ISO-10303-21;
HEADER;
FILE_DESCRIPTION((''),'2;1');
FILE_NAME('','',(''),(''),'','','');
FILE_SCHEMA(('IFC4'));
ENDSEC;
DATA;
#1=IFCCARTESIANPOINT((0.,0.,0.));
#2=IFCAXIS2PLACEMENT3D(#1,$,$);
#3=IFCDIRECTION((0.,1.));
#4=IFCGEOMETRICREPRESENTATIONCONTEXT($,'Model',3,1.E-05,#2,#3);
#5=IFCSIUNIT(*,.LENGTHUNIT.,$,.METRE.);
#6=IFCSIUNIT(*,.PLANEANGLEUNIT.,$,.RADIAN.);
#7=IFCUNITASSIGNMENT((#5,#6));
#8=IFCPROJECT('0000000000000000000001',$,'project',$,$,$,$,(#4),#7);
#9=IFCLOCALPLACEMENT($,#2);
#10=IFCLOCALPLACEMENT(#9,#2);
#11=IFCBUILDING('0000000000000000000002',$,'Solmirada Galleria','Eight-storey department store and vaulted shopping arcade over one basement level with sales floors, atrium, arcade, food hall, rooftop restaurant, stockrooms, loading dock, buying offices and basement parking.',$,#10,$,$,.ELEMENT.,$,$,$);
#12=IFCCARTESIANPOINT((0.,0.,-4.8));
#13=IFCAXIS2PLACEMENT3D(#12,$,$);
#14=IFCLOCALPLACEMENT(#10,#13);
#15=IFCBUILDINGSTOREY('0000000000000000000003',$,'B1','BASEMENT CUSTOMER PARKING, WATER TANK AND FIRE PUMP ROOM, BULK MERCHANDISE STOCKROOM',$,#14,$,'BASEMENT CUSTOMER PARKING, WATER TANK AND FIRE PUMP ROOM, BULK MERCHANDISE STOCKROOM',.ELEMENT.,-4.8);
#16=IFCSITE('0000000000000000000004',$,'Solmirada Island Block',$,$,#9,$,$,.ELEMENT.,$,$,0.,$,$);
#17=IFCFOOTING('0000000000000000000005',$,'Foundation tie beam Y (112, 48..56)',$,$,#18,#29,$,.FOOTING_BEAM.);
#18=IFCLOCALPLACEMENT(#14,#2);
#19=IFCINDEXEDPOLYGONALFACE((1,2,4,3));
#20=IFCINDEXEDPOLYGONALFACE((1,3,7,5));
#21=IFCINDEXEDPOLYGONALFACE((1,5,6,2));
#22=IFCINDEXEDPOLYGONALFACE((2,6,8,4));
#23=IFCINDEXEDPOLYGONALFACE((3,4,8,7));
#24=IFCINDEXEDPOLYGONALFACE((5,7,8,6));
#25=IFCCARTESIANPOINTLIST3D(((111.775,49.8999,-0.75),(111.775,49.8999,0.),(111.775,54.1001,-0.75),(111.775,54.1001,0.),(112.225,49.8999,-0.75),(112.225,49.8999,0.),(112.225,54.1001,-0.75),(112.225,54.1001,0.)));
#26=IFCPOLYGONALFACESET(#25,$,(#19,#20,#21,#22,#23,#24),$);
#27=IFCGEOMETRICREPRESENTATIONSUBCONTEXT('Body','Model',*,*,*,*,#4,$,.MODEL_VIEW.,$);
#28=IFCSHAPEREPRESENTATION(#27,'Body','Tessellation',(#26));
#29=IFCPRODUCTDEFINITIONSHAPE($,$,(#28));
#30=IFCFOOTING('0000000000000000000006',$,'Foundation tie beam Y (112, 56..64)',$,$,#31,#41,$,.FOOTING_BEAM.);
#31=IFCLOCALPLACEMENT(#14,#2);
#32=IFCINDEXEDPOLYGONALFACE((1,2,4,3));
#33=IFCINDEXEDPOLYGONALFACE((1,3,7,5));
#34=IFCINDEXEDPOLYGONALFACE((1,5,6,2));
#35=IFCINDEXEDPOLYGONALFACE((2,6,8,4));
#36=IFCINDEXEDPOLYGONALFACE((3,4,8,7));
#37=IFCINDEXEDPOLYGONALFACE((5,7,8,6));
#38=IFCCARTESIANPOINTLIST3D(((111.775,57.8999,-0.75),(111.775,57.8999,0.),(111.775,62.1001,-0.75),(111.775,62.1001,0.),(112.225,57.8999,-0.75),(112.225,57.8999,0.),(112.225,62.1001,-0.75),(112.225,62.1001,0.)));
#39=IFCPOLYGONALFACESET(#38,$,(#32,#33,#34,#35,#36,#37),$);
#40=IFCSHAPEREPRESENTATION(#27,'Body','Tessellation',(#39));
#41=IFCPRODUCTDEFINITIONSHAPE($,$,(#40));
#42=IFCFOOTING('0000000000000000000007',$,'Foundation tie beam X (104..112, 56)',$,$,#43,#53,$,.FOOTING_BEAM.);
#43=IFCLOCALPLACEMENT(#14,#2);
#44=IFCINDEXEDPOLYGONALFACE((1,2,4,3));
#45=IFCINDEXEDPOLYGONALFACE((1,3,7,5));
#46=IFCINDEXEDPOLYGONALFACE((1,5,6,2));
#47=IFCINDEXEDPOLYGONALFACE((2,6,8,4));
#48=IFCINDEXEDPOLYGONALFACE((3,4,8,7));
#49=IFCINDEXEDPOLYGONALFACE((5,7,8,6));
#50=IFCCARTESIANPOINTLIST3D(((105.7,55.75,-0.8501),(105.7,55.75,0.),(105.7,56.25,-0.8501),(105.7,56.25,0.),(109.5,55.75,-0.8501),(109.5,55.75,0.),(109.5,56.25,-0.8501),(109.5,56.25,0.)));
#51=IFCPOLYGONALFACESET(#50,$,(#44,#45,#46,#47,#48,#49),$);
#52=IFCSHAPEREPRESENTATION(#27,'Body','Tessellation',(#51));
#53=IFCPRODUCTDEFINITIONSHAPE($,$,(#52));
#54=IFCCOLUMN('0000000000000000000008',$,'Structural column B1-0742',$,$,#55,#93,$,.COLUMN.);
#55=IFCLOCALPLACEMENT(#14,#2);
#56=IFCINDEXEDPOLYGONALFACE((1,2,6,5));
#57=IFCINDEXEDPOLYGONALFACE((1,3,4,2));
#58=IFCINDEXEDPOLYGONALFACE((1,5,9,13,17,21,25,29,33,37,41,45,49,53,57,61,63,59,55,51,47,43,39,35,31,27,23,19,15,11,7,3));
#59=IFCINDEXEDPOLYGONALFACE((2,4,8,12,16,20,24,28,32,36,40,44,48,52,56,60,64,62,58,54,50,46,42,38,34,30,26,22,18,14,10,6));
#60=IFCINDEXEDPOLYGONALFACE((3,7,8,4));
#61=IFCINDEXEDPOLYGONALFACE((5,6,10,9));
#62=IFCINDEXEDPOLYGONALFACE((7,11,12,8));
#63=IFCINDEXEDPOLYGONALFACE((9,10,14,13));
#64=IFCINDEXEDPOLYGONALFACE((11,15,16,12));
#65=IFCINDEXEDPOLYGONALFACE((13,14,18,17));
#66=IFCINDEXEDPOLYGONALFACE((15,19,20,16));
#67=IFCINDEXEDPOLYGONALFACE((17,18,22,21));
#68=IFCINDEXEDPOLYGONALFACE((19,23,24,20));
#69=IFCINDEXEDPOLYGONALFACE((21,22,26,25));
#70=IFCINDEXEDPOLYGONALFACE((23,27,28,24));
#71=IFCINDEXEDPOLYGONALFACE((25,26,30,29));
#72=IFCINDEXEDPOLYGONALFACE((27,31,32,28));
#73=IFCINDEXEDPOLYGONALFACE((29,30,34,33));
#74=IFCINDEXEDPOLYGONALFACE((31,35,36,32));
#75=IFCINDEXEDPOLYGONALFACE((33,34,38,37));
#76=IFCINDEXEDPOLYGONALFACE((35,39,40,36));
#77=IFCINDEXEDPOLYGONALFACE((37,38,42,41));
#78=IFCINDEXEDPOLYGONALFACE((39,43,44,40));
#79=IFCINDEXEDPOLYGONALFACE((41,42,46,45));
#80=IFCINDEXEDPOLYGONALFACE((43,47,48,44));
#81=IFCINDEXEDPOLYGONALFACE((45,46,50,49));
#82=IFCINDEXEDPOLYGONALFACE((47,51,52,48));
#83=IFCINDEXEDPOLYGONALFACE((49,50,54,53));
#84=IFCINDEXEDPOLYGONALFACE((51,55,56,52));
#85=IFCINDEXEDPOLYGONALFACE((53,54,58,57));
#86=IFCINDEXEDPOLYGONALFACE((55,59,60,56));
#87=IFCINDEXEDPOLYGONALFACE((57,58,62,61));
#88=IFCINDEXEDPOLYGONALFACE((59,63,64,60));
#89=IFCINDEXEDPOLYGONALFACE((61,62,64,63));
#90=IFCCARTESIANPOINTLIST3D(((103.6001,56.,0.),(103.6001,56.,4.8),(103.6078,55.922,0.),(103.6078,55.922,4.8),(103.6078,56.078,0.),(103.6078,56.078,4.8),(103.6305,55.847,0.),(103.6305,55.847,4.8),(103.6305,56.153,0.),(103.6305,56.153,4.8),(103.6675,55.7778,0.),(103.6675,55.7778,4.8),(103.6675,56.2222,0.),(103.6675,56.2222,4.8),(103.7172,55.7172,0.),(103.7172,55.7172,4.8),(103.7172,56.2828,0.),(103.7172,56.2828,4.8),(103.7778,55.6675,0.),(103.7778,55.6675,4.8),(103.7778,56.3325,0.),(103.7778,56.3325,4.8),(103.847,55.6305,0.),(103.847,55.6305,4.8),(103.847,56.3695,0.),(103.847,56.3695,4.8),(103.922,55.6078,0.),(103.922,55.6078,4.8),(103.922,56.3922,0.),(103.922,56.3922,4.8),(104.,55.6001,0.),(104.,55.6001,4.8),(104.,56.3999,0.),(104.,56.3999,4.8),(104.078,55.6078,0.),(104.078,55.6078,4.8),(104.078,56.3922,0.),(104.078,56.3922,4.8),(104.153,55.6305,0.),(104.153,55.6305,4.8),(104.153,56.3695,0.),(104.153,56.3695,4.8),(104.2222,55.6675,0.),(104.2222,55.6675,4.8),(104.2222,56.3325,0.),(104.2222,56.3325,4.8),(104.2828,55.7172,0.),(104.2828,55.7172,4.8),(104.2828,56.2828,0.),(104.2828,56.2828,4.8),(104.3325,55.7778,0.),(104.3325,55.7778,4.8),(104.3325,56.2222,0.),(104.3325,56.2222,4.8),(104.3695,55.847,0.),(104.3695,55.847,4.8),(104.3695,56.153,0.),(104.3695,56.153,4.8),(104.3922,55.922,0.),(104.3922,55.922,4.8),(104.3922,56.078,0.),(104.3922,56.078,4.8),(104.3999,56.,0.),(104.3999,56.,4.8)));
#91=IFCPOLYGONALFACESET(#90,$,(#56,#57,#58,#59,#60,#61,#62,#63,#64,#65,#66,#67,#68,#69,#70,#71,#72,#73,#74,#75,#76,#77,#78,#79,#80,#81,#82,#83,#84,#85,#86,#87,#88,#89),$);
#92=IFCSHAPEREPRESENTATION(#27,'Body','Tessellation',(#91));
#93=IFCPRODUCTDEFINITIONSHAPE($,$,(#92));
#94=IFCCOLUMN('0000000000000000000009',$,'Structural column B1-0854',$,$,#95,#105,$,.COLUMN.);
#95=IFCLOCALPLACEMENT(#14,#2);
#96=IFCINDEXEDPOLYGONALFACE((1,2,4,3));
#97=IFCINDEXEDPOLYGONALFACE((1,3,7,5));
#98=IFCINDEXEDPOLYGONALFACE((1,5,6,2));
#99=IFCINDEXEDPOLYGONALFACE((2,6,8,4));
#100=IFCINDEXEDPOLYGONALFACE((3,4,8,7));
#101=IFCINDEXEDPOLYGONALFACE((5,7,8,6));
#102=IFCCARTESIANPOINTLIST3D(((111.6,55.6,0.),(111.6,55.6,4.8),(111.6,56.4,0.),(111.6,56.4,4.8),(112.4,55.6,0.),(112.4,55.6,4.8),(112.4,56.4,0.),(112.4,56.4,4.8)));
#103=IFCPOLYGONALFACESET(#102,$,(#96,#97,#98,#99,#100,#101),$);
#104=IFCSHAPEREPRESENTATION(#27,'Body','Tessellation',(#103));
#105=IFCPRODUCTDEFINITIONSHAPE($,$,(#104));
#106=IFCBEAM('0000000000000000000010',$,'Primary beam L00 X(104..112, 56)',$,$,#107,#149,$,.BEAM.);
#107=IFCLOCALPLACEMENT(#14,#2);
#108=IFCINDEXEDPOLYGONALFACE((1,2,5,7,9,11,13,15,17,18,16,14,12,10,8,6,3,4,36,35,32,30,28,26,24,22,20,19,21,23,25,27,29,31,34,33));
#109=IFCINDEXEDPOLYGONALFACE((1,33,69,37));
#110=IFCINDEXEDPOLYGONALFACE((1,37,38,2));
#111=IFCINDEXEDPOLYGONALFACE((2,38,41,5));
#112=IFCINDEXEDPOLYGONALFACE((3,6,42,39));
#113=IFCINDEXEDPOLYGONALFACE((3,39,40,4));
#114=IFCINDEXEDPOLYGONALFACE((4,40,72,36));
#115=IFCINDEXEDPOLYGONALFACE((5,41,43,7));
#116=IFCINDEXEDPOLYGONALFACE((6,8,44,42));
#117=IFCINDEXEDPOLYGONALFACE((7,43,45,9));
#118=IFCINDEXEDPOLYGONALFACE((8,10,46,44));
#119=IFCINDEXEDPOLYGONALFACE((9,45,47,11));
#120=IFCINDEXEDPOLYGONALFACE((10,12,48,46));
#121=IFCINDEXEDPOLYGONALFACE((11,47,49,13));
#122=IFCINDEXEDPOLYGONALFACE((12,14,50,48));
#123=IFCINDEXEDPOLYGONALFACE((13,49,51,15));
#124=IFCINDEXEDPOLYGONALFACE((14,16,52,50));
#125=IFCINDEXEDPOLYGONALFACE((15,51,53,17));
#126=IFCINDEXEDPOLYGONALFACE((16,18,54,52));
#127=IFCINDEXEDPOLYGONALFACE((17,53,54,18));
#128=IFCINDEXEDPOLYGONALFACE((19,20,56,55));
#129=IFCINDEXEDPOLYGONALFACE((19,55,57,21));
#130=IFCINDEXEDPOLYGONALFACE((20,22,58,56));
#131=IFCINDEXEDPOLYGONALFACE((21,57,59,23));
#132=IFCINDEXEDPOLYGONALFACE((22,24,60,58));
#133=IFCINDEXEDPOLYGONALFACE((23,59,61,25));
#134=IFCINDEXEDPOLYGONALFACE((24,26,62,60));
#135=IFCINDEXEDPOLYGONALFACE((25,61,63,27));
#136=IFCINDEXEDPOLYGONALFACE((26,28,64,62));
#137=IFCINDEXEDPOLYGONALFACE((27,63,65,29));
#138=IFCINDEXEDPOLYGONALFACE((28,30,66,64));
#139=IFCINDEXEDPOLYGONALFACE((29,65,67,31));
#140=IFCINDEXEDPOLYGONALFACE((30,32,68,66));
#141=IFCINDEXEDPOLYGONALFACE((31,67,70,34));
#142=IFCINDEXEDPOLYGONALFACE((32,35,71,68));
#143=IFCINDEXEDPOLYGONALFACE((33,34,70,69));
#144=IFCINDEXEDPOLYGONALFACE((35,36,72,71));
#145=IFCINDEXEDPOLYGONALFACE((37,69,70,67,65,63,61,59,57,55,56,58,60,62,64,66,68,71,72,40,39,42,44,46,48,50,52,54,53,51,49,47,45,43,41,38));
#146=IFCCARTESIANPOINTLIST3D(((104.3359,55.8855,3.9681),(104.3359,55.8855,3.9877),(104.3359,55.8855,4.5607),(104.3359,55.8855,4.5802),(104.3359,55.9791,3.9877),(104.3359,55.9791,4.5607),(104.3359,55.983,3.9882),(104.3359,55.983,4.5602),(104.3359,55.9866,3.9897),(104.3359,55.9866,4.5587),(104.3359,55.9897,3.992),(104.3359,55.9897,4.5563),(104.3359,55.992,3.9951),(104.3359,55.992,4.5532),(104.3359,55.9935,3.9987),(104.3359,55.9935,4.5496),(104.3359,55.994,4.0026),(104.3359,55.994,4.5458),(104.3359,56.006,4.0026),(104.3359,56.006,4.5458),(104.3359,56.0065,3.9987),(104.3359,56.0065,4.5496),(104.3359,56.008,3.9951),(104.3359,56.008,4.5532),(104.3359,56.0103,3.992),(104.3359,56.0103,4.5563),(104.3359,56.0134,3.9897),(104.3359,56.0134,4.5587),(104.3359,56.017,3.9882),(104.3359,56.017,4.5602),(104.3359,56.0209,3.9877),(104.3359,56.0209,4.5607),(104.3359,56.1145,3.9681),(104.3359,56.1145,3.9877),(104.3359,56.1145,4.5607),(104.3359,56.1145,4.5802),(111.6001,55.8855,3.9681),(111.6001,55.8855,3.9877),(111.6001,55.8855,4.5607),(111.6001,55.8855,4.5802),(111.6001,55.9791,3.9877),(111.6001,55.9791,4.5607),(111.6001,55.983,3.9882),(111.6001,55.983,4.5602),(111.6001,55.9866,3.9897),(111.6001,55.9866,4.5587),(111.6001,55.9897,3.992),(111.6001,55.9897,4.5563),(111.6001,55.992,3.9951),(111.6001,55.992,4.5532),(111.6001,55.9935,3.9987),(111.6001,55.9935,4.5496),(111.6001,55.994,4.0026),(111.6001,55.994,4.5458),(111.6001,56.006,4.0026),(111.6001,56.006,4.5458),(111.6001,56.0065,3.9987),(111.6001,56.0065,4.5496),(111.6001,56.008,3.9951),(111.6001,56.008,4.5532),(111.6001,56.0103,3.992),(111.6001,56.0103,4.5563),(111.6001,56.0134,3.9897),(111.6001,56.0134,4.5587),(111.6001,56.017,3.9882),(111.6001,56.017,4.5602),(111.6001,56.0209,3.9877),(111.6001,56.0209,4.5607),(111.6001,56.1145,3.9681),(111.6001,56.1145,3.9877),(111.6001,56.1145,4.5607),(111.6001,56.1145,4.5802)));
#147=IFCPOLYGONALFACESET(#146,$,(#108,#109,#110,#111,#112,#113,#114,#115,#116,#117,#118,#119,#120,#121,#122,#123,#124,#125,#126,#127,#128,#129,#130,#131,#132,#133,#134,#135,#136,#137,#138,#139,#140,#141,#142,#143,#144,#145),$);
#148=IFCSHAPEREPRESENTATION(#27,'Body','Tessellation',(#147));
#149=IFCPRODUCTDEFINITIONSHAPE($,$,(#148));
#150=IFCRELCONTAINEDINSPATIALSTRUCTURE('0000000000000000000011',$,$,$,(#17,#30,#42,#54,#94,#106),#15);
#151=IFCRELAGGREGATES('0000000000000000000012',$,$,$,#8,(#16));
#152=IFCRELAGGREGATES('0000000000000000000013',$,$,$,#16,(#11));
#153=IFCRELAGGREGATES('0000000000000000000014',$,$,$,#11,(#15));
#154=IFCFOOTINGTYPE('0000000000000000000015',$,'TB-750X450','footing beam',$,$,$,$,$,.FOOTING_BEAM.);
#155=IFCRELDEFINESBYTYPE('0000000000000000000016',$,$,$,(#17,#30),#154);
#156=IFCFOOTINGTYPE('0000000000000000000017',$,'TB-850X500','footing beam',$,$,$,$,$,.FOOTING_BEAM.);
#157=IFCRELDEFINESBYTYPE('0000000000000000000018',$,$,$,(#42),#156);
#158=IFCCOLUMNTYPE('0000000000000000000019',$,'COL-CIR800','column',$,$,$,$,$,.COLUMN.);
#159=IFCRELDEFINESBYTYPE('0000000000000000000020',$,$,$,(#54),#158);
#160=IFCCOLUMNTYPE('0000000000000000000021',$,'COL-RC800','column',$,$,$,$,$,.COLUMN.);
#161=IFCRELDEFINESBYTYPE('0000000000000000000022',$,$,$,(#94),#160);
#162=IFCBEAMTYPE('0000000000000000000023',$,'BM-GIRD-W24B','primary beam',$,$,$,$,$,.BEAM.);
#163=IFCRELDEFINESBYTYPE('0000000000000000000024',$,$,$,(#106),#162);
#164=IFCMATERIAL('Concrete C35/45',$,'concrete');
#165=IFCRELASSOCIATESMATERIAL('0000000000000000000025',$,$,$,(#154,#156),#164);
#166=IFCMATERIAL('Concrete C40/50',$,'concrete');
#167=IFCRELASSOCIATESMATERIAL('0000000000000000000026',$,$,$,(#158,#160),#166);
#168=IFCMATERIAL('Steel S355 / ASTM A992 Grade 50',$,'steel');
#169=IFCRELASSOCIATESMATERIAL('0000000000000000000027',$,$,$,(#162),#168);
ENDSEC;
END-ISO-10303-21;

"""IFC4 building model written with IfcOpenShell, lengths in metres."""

from ifc_helpers import new_model, si_unit, direction, frame, origin, origin_2d, place, context, subcontext, project, spatial, rectangle, circle, i_section, extrude, material, material_profile, profile_set, type_object, element, save


model = new_model("IFC4")

# Units and contexts
model_context = context("Model", 3, precision=1e-05, world=origin(), true_north=direction((0.0, 1.0)))
body_context = subcontext(model_context, "Body", "Model", "MODEL_VIEW")
ifc_project = project(units=[si_unit("LENGTHUNIT", "METRE"), si_unit("PLANEANGLEUNIT", "RADIAN")], contexts=[model_context])

# Site, building, storey
site_placement = place(None, origin())
site = spatial("IfcSite", under=ifc_project, at=site_placement, Name="Solmirada Island Block", CompositionType="ELEMENT", RefElevation=0.0)
building_placement = place(site_placement, origin())
building = spatial("IfcBuilding", under=site, at=building_placement, Name="Solmirada Galleria", Description="Eight-storey department store and vaulted shopping arcade over one basement level with sales floors, atrium, arcade, food hall, rooftop restaurant, stockrooms, loading dock, buying offices and basement parking.", CompositionType="ELEMENT")
storey_placement = place(building_placement, frame((0.0, 0.0, -4.8)))
storey = spatial("IfcBuildingStorey", under=building, at=storey_placement, Name="B1", Description="BASEMENT CUSTOMER PARKING, WATER TANK AND FIRE PUMP ROOM, BULK MERCHANDISE STOCKROOM", LongName="BASEMENT CUSTOMER PARKING, WATER TANK AND FIRE PUMP ROOM, BULK MERCHANDISE STOCKROOM", CompositionType="ELEMENT", Elevation=-4.8)

# Shared definitions
ifc_material_1 = material(Name="Concrete C35/45", Category="concrete")

# Shared definitions
ifc_material_2 = material(Name="Concrete C40/50", Category="concrete")

# Footings
ifc_material_profile_1 = material_profile(ifc_material_1, rectangle(XDim=0.45, YDim=0.75, at=origin_2d()), Name="RC750X450")
ifc_profile_set_1 = profile_set([ifc_material_profile_1], Name="Concrete C35/45")
footing_type_1 = type_object("IfcFootingType", Name="TB-750X450", Description="footing beam", PredefinedType="FOOTING_BEAM", material=ifc_profile_set_1)
for number, where, z_axis, x_axis, name in (
    (1, (112.0, 49.8999, -0.375), (0.0, 1.0, 0.0), (-1.0, 0.0, 0.0), "Foundation tie beam Y (112, 48..56)"),
    (2, (112.0, 57.8999, -0.375), (0.0, 1.0, 0.0), (-1.0, 0.0, 0.0), "Foundation tie beam Y (112, 56..64)"),
):
    element("IfcFooting", number, at=place(storey_placement, frame(where, z_axis=z_axis, x_axis=x_axis)), inside=storey, type_object=footing_type_1, Name=name, PredefinedType="FOOTING_BEAM", context=body_context, shape_type="SweptSolid", body=[
        extrude(rectangle(XDim=0.45, YDim=0.75, at=origin_2d()), origin(), (0.0, 0.0, 1.0), 4.2002),
    ])
ifc_material_profile_2 = material_profile(ifc_material_1, rectangle(XDim=0.5, YDim=0.8501, at=origin_2d()), Name="RC850X500")
ifc_profile_set_2 = profile_set([ifc_material_profile_2], Name="Concrete C35/45")
footing_type_2 = type_object("IfcFootingType", Name="TB-850X500", Description="footing beam", PredefinedType="FOOTING_BEAM", material=ifc_profile_set_2)
footing_1_placement = place(storey_placement, frame((105.7, 56.0, -0.425), z_axis=(1.0, 0.0, 0.0), x_axis=(0.0, 1.0, 0.0)))
element("IfcFooting", 3, at=footing_1_placement, inside=storey, type_object=footing_type_2, Name="Foundation tie beam X (104..112, 56)", PredefinedType="FOOTING_BEAM", context=body_context, shape_type="SweptSolid", body=[
    extrude(rectangle(XDim=0.5, YDim=0.8501, at=origin_2d()), origin(), (0.0, 0.0, 1.0), 3.8),
])

# Columns
ifc_material_profile_3 = material_profile(ifc_material_2, circle(Radius=0.3999, at=origin_2d()), Name="RCCOL800")
ifc_profile_set_3 = profile_set([ifc_material_profile_3], Name="Concrete C40/50")
column_type_1 = type_object("IfcColumnType", Name="COL-CIR800", Description="column", PredefinedType="COLUMN", material=ifc_profile_set_3)
column_1_placement = place(storey_placement, frame((104.0, 56.0, 0.0), z_axis=(0.0, 0.0, 1.0), x_axis=(1.0, 0.0, 0.0)))
element("IfcColumn", 4, at=column_1_placement, inside=storey, type_object=column_type_1, Name="Structural column B1-0742", PredefinedType="COLUMN", context=body_context, shape_type="SweptSolid", body=[
    extrude(circle(Radius=0.3999, at=origin_2d()), origin(), (0.0, 0.0, 1.0), 4.8),
])
ifc_material_profile_4 = material_profile(ifc_material_2, rectangle(XDim=0.8, YDim=0.8, at=origin_2d()), Name="RC800X800")
ifc_profile_set_4 = profile_set([ifc_material_profile_4], Name="Concrete C40/50")
column_type_2 = type_object("IfcColumnType", Name="COL-RC800", Description="column", PredefinedType="COLUMN", material=ifc_profile_set_4)
column_2_placement = place(storey_placement, frame((112.0, 56.0, 0.0), z_axis=(0.0, 0.0, 1.0), x_axis=(1.0, 0.0, 0.0)))
element("IfcColumn", 5, at=column_2_placement, inside=storey, type_object=column_type_2, Name="Structural column B1-0854", PredefinedType="COLUMN", context=body_context, shape_type="SweptSolid", body=[
    extrude(rectangle(XDim=0.8, YDim=0.8, at=origin_2d()), origin(), (0.0, 0.0, 1.0), 4.8),
])

# Beam
ifc_material_3 = material(Name="Steel S355 / ASTM A992 Grade 50", Category="steel")
ifc_material_profile_5 = material_profile(ifc_material_3, i_section(OverallWidth=0.229, OverallDepth=0.6121, WebThickness=0.012, FlangeThickness=0.0195, FilletRadius=0.0149, at=origin_2d()), Name="W24X84")
ifc_profile_set_5 = profile_set([ifc_material_profile_5], Name="Steel S355 / ASTM A992 Grade 50")
beam_type_1 = type_object("IfcBeamType", Name="BM-GIRD-W24B", Description="primary beam", PredefinedType="BEAM", material=ifc_profile_set_5)
beam_1_placement = place(storey_placement, frame((104.3359, 56.0, 4.2742), z_axis=(1.0, 0.0, 0.0), x_axis=(0.0, 1.0, 0.0)))
element("IfcBeam", 6, at=beam_1_placement, inside=storey, type_object=beam_type_1, Name="Primary beam L00 X(104..112, 56)", PredefinedType="BEAM", context=body_context, shape_type="SweptSolid", body=[
    extrude(i_section(OverallWidth=0.229, OverallDepth=0.6121, WebThickness=0.012, FlangeThickness=0.0195, FilletRadius=0.0149, at=origin_2d()), origin(), (0.0, 0.0, 1.0), 7.2642),
])

save(model, "model.ifc")
